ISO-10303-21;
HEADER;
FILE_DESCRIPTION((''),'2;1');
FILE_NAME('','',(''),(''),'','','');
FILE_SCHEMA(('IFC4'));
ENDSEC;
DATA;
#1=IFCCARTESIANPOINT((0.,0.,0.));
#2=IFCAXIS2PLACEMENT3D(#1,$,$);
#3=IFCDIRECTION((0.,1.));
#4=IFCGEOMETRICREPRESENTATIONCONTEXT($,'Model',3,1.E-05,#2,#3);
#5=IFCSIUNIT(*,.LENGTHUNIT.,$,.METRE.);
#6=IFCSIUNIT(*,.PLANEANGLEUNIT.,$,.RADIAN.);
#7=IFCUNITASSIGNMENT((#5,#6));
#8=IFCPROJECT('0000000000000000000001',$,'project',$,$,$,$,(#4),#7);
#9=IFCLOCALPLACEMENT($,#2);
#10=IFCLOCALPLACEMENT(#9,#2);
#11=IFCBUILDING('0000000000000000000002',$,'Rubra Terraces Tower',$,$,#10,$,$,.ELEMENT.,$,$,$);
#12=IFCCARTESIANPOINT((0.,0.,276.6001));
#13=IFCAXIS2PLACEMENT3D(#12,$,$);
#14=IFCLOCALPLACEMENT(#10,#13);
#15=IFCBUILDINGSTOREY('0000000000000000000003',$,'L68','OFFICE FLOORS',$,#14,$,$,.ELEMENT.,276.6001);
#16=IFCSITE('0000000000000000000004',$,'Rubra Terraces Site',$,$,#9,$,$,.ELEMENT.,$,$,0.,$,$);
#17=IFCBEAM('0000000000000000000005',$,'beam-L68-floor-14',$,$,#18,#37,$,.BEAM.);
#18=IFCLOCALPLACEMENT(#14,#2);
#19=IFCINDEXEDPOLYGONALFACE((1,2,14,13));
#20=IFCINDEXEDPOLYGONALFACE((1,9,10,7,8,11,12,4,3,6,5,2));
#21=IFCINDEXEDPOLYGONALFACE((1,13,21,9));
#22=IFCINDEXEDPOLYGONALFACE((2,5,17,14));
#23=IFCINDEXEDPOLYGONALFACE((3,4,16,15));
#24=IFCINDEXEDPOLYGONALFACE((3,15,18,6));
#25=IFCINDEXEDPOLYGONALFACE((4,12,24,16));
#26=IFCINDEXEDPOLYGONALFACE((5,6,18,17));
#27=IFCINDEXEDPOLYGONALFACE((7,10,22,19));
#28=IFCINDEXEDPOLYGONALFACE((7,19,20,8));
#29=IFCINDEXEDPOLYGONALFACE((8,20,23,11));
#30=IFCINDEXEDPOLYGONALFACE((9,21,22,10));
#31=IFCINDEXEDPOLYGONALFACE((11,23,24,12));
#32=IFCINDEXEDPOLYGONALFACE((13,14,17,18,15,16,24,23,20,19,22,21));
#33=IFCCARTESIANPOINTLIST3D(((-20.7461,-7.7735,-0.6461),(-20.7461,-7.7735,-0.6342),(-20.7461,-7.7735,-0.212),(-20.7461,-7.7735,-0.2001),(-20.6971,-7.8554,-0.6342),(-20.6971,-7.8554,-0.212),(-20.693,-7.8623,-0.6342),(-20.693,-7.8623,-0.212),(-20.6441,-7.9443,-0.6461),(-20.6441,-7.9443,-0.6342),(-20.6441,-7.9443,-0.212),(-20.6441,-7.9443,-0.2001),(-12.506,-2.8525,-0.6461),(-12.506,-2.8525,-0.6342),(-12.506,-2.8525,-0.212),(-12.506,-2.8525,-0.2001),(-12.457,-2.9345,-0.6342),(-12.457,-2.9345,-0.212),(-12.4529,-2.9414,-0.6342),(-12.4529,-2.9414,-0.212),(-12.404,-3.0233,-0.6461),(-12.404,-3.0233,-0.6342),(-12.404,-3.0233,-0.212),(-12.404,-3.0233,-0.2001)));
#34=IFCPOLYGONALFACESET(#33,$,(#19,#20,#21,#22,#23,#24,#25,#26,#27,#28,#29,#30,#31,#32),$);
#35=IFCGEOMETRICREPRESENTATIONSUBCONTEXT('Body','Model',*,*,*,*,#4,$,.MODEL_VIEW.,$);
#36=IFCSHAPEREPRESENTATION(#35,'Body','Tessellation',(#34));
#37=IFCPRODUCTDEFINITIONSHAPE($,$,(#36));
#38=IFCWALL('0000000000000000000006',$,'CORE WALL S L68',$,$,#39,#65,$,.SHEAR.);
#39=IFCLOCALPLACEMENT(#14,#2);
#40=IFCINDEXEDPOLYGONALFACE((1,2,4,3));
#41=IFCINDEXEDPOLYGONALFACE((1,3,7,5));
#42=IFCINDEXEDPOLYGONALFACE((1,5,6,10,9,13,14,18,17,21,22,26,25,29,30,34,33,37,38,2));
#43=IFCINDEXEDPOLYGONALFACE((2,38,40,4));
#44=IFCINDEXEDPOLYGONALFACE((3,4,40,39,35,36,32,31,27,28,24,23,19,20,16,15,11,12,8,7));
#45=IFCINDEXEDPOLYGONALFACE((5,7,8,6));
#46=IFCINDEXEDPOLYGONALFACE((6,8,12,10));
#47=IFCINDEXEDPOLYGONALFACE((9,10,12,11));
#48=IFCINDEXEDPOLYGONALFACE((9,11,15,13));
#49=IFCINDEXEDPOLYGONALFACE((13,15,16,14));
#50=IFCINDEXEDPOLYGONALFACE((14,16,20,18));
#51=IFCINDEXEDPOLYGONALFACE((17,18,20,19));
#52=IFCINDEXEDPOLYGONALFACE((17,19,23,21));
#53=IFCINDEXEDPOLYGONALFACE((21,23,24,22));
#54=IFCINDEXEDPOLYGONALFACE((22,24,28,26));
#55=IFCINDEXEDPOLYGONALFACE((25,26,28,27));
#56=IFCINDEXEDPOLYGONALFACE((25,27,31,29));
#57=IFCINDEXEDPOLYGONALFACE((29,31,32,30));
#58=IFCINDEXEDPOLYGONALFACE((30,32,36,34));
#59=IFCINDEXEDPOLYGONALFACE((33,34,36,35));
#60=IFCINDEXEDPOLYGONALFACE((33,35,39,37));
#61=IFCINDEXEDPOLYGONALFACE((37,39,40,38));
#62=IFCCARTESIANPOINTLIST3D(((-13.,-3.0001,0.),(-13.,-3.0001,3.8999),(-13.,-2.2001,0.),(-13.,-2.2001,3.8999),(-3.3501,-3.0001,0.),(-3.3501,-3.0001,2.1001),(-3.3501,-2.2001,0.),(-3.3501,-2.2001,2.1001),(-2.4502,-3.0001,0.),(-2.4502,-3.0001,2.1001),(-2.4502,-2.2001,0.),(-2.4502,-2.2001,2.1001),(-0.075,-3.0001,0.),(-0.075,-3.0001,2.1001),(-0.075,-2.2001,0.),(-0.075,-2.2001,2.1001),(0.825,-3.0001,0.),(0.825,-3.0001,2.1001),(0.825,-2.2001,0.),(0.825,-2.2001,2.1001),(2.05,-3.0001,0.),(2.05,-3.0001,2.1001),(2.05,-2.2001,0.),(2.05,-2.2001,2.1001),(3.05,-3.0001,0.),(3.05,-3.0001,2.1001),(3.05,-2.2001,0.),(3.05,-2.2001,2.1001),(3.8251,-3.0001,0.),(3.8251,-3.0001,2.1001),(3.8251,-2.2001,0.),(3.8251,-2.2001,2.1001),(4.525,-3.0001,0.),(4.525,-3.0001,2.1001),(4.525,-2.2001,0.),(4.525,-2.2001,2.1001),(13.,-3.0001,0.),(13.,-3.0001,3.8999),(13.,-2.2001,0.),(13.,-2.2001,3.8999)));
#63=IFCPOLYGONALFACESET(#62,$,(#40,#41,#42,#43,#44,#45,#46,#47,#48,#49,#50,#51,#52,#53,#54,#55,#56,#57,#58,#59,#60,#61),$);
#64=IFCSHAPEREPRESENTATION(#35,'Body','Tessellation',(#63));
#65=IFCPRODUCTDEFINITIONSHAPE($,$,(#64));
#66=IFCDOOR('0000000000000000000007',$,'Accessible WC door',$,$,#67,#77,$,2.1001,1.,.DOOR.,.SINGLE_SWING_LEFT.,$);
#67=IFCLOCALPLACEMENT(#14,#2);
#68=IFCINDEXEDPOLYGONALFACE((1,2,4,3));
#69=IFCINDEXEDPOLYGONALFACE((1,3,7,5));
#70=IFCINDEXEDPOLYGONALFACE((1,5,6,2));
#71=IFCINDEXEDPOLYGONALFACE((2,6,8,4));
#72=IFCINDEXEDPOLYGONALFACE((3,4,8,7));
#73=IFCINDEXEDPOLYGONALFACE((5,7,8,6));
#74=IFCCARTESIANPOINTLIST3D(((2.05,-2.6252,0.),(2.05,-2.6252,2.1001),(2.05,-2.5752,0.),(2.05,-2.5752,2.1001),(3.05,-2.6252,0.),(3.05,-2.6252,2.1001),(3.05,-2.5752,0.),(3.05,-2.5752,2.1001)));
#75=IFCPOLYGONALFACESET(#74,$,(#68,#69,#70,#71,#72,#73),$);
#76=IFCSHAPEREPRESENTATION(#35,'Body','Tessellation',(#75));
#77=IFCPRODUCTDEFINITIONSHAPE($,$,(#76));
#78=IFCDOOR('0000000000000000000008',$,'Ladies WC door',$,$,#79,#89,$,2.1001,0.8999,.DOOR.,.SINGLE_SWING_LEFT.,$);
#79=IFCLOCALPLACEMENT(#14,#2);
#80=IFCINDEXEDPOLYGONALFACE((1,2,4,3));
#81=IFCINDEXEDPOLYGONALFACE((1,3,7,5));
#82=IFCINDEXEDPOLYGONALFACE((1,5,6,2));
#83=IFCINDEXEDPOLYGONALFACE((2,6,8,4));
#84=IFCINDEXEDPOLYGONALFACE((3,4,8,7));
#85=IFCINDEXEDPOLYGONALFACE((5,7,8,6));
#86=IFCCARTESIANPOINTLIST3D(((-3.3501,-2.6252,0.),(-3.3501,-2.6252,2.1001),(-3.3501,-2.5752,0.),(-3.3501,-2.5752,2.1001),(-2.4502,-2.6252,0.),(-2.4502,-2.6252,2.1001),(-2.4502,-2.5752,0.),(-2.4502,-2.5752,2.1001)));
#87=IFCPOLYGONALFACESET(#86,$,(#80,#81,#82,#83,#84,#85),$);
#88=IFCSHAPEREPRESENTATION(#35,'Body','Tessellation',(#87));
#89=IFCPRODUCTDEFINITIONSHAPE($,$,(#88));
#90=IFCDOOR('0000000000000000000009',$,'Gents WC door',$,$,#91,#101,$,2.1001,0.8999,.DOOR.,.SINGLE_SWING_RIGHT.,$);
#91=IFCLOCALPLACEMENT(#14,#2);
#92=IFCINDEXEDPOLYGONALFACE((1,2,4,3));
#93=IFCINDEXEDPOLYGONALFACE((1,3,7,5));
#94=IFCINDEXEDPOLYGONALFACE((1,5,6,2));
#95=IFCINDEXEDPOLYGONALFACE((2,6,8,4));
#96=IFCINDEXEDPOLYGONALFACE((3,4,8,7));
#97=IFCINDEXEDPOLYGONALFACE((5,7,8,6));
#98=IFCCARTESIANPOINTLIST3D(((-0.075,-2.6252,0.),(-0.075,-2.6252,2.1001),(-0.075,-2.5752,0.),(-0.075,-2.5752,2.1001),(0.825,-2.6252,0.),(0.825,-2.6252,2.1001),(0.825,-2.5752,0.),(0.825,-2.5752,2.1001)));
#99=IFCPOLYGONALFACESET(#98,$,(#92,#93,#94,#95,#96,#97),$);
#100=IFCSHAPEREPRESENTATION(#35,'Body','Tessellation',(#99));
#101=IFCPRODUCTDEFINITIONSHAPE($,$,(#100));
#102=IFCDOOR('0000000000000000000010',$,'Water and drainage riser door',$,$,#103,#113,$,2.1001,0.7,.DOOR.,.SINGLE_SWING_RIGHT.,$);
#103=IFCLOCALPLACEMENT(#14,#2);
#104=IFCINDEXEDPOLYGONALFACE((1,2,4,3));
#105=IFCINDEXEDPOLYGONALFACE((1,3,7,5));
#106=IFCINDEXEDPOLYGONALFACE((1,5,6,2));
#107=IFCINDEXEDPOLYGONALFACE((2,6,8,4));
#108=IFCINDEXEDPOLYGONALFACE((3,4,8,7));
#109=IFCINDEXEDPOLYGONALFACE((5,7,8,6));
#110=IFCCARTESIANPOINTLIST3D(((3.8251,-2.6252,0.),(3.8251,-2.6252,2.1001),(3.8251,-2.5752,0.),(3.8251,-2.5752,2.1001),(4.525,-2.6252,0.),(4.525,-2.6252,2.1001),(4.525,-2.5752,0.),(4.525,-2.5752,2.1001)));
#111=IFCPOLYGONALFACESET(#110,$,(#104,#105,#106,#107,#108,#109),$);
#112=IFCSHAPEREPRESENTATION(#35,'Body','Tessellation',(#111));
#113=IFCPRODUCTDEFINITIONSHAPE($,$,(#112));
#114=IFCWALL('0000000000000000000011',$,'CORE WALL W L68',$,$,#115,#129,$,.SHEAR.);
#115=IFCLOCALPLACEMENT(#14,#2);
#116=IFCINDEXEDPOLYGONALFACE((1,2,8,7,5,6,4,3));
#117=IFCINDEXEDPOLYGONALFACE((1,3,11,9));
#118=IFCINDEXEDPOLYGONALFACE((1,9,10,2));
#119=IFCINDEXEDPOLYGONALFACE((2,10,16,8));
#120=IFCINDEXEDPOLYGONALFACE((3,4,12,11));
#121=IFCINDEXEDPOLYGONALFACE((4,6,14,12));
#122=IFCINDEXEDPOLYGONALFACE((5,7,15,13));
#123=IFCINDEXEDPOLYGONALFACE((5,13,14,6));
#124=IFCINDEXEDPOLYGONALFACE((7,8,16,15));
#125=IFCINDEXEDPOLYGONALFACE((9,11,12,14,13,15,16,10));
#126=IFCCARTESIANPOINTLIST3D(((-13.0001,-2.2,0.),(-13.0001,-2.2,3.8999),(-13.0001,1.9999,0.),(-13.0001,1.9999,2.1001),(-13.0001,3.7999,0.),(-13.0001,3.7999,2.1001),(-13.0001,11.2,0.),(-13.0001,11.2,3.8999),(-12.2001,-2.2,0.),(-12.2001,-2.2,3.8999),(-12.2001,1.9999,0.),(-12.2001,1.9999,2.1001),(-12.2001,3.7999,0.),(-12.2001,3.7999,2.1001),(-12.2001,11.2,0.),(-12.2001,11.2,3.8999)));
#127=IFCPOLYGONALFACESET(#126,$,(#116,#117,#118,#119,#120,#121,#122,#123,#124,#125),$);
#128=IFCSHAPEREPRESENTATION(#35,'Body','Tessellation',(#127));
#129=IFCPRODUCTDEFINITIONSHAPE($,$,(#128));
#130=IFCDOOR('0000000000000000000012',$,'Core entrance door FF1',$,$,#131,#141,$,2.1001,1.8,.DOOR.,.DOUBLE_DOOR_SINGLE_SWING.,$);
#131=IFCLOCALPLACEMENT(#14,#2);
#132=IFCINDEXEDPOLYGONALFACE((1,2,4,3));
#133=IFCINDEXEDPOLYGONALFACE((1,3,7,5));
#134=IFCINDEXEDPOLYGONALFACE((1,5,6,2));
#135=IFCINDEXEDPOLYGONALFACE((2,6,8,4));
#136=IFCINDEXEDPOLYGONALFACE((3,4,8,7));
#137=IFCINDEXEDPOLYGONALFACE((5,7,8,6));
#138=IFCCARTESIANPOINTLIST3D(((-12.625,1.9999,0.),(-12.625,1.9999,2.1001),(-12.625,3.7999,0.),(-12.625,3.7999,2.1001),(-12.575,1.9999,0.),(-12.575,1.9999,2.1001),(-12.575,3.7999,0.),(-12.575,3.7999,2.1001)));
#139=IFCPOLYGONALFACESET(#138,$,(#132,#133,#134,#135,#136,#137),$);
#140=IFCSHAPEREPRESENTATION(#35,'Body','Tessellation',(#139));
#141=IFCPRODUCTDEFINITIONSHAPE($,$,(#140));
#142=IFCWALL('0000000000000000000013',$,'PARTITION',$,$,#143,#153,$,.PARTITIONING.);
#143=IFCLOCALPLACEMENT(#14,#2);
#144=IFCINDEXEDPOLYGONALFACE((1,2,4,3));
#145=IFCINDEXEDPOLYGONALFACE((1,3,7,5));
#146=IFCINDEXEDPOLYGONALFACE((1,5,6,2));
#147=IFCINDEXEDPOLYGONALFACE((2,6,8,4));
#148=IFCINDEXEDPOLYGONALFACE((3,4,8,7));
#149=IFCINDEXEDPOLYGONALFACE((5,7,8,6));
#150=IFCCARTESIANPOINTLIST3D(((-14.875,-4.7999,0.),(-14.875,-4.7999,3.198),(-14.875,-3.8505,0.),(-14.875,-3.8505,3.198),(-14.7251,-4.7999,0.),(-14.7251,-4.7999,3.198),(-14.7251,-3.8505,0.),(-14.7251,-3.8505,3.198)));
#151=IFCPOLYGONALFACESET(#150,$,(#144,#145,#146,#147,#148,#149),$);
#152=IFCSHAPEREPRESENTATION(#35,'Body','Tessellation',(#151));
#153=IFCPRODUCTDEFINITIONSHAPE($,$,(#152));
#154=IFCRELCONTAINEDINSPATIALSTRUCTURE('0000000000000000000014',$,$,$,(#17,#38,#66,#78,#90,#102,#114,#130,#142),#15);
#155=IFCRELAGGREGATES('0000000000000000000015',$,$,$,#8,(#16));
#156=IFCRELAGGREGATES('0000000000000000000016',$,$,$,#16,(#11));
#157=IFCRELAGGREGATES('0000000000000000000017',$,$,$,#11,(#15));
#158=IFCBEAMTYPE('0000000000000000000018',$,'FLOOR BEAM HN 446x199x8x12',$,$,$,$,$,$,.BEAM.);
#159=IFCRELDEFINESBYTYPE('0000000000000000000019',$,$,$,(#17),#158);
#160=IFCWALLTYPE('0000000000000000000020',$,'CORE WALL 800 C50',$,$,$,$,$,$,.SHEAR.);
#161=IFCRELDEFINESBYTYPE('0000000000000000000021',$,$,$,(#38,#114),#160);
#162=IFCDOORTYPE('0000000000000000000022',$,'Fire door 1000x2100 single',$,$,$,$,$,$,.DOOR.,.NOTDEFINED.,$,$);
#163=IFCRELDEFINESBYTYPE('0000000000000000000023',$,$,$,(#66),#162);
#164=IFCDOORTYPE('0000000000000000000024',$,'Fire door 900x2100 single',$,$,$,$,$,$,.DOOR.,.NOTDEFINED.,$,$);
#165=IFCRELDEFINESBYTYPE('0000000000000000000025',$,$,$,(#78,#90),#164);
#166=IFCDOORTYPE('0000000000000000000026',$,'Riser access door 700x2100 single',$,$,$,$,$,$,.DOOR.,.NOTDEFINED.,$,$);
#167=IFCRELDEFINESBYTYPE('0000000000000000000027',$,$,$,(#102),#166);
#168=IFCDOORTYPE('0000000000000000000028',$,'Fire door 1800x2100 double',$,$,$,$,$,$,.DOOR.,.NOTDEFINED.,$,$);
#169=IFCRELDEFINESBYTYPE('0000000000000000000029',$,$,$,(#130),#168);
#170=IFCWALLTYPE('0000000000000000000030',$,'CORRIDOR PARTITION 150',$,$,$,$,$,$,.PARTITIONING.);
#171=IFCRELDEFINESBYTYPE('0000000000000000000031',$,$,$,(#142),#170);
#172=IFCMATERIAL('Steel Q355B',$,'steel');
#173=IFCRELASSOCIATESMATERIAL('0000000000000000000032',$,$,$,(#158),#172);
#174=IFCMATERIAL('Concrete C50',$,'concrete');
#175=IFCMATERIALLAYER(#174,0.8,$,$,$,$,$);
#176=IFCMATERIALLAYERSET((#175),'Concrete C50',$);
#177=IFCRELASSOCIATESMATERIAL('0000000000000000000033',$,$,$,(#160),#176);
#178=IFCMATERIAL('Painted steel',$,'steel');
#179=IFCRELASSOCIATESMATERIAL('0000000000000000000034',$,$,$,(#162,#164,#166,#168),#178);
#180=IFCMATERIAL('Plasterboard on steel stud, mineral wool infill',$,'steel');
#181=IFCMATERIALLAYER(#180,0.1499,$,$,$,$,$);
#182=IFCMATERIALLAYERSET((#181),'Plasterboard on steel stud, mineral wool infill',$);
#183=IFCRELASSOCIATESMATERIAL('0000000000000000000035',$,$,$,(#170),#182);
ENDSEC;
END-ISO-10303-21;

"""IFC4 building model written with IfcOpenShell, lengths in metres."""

from ifc_helpers import new_model, si_unit, direction, frame, frame_2d, origin, origin_2d, place, context, subcontext, project, spatial, rectangle, i_section, extrude, material, layer, layer_set, material_profile, profile_set, type_object, element, fill, save


model = new_model("IFC4")

# Units and contexts
model_context = context("Model", 3, precision=1e-05, world=origin(), true_north=direction((0.0, 1.0)))
body_context = subcontext(model_context, "Body", "Model", "MODEL_VIEW")
ifc_project = project(units=[si_unit("LENGTHUNIT", "METRE"), si_unit("PLANEANGLEUNIT", "RADIAN")], contexts=[model_context])

# Site, building, storey
site_placement = place(None, origin())
site = spatial("IfcSite", under=ifc_project, at=site_placement, Name="Rubra Terraces Site", CompositionType="ELEMENT", RefElevation=0.0)
building_placement = place(site_placement, origin())
building = spatial("IfcBuilding", under=site, at=building_placement, Name="Rubra Terraces Tower", CompositionType="ELEMENT")
storey_placement = place(building_placement, frame((0.0, 0.0, 276.6001)))
storey = spatial("IfcBuildingStorey", under=building, at=storey_placement, Name="L68", Description="OFFICE FLOORS", CompositionType="ELEMENT", Elevation=276.6001)

# Beam
ifc_material_1 = material(Name="Steel Q355B", Category="steel")
ifc_material_profile = material_profile(ifc_material_1, i_section(OverallWidth=0.199, OverallDepth=0.446, WebThickness=0.0081, FlangeThickness=0.012, at=origin_2d()), Name="HN 446x199x8x12")
ifc_profile_set = profile_set([ifc_material_profile], Name="Steel Q355B")
beam_type = type_object("IfcBeamType", Name="FLOOR BEAM HN 446x199x8x12", PredefinedType="BEAM", material=ifc_profile_set)
beam_placement = place(storey_placement, frame((-20.6951, -7.8589, -0.4231), z_axis=(0.858553, 0.512725, 0.0), x_axis=(-0.512725, 0.858553, 0.0)))
element("IfcBeam", 1, at=beam_placement, inside=storey, type_object=beam_type, Name="beam-L68-floor-14", PredefinedType="BEAM", context=body_context, shape_type="SweptSolid", body=[
    extrude(i_section(OverallWidth=0.199, OverallDepth=0.446, WebThickness=0.0081, FlangeThickness=0.012, at=origin_2d()), origin(), (0.0, 0.0, 1.0), 9.5977),
])

# Wall, openings, doors
ifc_material_2 = material(Name="Concrete C50", Category="concrete")
ifc_layer_1 = layer(ifc_material_2, 0.8)
ifc_layer_set_1 = layer_set([ifc_layer_1], Name="Concrete C50")
wall_type_1 = type_object("IfcWallType", Name="CORE WALL 800 C50", PredefinedType="SHEAR", material=ifc_layer_set_1)
wall_1_placement = place(storey_placement, frame((-13.0, -2.6001, 0.0), z_axis=(0.0, 0.0, 1.0), x_axis=(1.0, 0.0, 0.0)))
wall_1 = element("IfcWall", 2, at=wall_1_placement, inside=storey, type_object=wall_type_1, Name="CORE WALL S L68", PredefinedType="SHEAR", context=body_context, shape_type="SweptSolid", body=[
    extrude(rectangle(XDim=26.0, YDim=0.8, at=frame_2d((13.0, 0.0))), origin(), (0.0, 0.0, 1.0), 3.8999),
])
opening_1_placement = place(wall_1_placement, frame((9.6499, 0.0, 0.0)))
opening_1 = element("IfcOpeningElement", 3, at=opening_1_placement, cuts=wall_1, PredefinedType="OPENING", context=body_context, shape_type="SweptSolid", body=[
    extrude(rectangle(XDim=0.8999, YDim=2.1001, at=frame_2d((0.45, 1.05))), frame((0.0, 0.4099, 0.0), z_axis=(0.0, -1.0, 0.0), x_axis=(1.0, 0.0, 0.0)), (0.0, 0.0, 1.0), 0.8201),
])
opening_2_placement = place(wall_1_placement, frame((12.925, 0.0, 0.0)))
opening_2 = element("IfcOpeningElement", 4, at=opening_2_placement, cuts=wall_1, PredefinedType="OPENING", context=body_context, shape_type="SweptSolid", body=[
    extrude(rectangle(XDim=0.8999, YDim=2.1001, at=frame_2d((0.45, 1.05))), frame((0.0, 0.4099, 0.0), z_axis=(0.0, -1.0, 0.0), x_axis=(1.0, 0.0, 0.0)), (0.0, 0.0, 1.0), 0.8201),
])
opening_3_placement = place(wall_1_placement, frame((15.05, 0.0, 0.0)))
opening_3 = element("IfcOpeningElement", 5, at=opening_3_placement, cuts=wall_1, PredefinedType="OPENING", context=body_context, shape_type="SweptSolid", body=[
    extrude(rectangle(XDim=1.0, YDim=2.1001, at=frame_2d((0.5, 1.05))), frame((0.0, 0.4099, 0.0), z_axis=(0.0, -1.0, 0.0), x_axis=(1.0, 0.0, 0.0)), (0.0, 0.0, 1.0), 0.8201),
])
opening_4_placement = place(wall_1_placement, frame((16.825, 0.0, 0.0)))
opening_4 = element("IfcOpeningElement", 6, at=opening_4_placement, cuts=wall_1, PredefinedType="OPENING", context=body_context, shape_type="SweptSolid", body=[
    extrude(rectangle(XDim=0.7, YDim=2.1001, at=frame_2d((0.3501, 1.05))), frame((0.0, 0.4099, 0.0), z_axis=(0.0, -1.0, 0.0), x_axis=(1.0, 0.0, 0.0)), (0.0, 0.0, 1.0), 0.8201),
])
ifc_material_3 = material(Name="Painted steel", Category="steel")
door_type_1 = type_object("IfcDoorType", Name="Fire door 1000x2100 single", OperationType="NOTDEFINED", PredefinedType="DOOR", material=ifc_material_3)
door_1_placement = place(opening_3_placement, origin())
door_1 = element("IfcDoor", 7, at=door_1_placement, inside=storey, type_object=door_type_1, Name="Accessible WC door", OperationType="SINGLE_SWING_LEFT", OverallHeight=2.1001, OverallWidth=1.0, PredefinedType="DOOR", context=body_context, shape_type="SweptSolid", body=[
    extrude(rectangle(XDim=1.0, YDim=2.1001, at=frame_2d((0.5, 1.05))), frame((0.0, 0.0249, 0.0), z_axis=(0.0, -1.0, 0.0), x_axis=(1.0, 0.0, 0.0)), (0.0, 0.0, 1.0), 0.05),
])
fill(opening_3, door_1)
door_type_2 = type_object("IfcDoorType", Name="Fire door 900x2100 single", OperationType="NOTDEFINED", PredefinedType="DOOR", material=ifc_material_3)
door_2_placement = place(opening_1_placement, origin())
door_2 = element("IfcDoor", 8, at=door_2_placement, inside=storey, type_object=door_type_2, Name="Ladies WC door", OperationType="SINGLE_SWING_LEFT", OverallHeight=2.1001, OverallWidth=0.8999, PredefinedType="DOOR", context=body_context, shape_type="SweptSolid", body=[
    extrude(rectangle(XDim=0.8999, YDim=2.1001, at=frame_2d((0.45, 1.05))), frame((0.0, 0.0249, 0.0), z_axis=(0.0, -1.0, 0.0), x_axis=(1.0, 0.0, 0.0)), (0.0, 0.0, 1.0), 0.05),
])
fill(opening_1, door_2)
door_3_placement = place(opening_2_placement, origin())
door_3 = element("IfcDoor", 9, at=door_3_placement, inside=storey, type_object=door_type_2, Name="Gents WC door", OperationType="SINGLE_SWING_RIGHT", OverallHeight=2.1001, OverallWidth=0.8999, PredefinedType="DOOR", context=body_context, shape_type="SweptSolid", body=[
    extrude(rectangle(XDim=0.8999, YDim=2.1001, at=frame_2d((0.45, 1.05))), frame((0.0, 0.0249, 0.0), z_axis=(0.0, -1.0, 0.0), x_axis=(1.0, 0.0, 0.0)), (0.0, 0.0, 1.0), 0.05),
])
fill(opening_2, door_3)
door_type_3 = type_object("IfcDoorType", Name="Riser access door 700x2100 single", OperationType="NOTDEFINED", PredefinedType="DOOR", material=ifc_material_3)
door_4_placement = place(opening_4_placement, origin())
door_4 = element("IfcDoor", 10, at=door_4_placement, inside=storey, type_object=door_type_3, Name="Water and drainage riser door", OperationType="SINGLE_SWING_RIGHT", OverallHeight=2.1001, OverallWidth=0.7, PredefinedType="DOOR", context=body_context, shape_type="SweptSolid", body=[
    extrude(rectangle(XDim=0.7, YDim=2.1001, at=frame_2d((0.3501, 1.05))), frame((0.0, 0.0249, 0.0), z_axis=(0.0, -1.0, 0.0), x_axis=(1.0, 0.0, 0.0)), (0.0, 0.0, 1.0), 0.05),
])
fill(opening_4, door_4)

# Wall, opening, door
wall_2_placement = place(storey_placement, frame((-12.6001, -2.2, 0.0), z_axis=(0.0, 0.0, 1.0), x_axis=(0.0, 1.0, 0.0)))
wall_2 = element("IfcWall", 11, at=wall_2_placement, inside=storey, type_object=wall_type_1, Name="CORE WALL W L68", PredefinedType="SHEAR", context=body_context, shape_type="SweptSolid", body=[
    extrude(rectangle(XDim=13.3999, YDim=0.8, at=frame_2d((6.7, 0.0))), origin(), (0.0, 0.0, 1.0), 3.8999),
])
opening_5_placement = place(wall_2_placement, frame((4.2, 0.0, 0.0)))
opening_5 = element("IfcOpeningElement", 12, at=opening_5_placement, cuts=wall_2, PredefinedType="OPENING", context=body_context, shape_type="SweptSolid", body=[
    extrude(rectangle(XDim=1.8, YDim=2.1001, at=frame_2d((0.8999, 1.05))), frame((0.0, 0.4099, 0.0), z_axis=(0.0, -1.0, 0.0), x_axis=(1.0, 0.0, 0.0)), (0.0, 0.0, 1.0), 0.8201),
])
door_type_4 = type_object("IfcDoorType", Name="Fire door 1800x2100 double", OperationType="NOTDEFINED", PredefinedType="DOOR", material=ifc_material_3)
door_5_placement = place(opening_5_placement, origin())
door_5 = element("IfcDoor", 13, at=door_5_placement, inside=storey, type_object=door_type_4, Name="Core entrance door FF1", OperationType="DOUBLE_DOOR_SINGLE_SWING", OverallHeight=2.1001, OverallWidth=1.8, PredefinedType="DOOR", context=body_context, shape_type="SweptSolid", body=[
    extrude(rectangle(XDim=1.8, YDim=2.1001, at=frame_2d((0.8999, 1.05))), frame((0.0, 0.0249, 0.0), z_axis=(0.0, -1.0, 0.0), x_axis=(1.0, 0.0, 0.0)), (0.0, 0.0, 1.0), 0.05),
])
fill(opening_5, door_5)

# Wall
ifc_material_4 = material(Name="Plasterboard on steel stud, mineral wool infill", Category="steel")
ifc_layer_2 = layer(ifc_material_4, 0.1499)
ifc_layer_set_2 = layer_set([ifc_layer_2], Name="Plasterboard on steel stud, mineral wool infill")
wall_type_2 = type_object("IfcWallType", Name="CORRIDOR PARTITION 150", PredefinedType="PARTITIONING", material=ifc_layer_set_2)
wall_3_placement = place(storey_placement, frame((-14.8, -3.8506, 0.0), z_axis=(0.0, 0.0, 1.0), x_axis=(0.0, -1.0, 0.0)))
element("IfcWall", 14, at=wall_3_placement, inside=storey, type_object=wall_type_2, Name="PARTITION", PredefinedType="PARTITIONING", context=body_context, shape_type="SweptSolid", body=[
    extrude(rectangle(XDim=0.9495, YDim=0.1499, at=frame_2d((0.4746, 0.0))), origin(), (0.0, 0.0, 1.0), 3.198),
])

save(model, "model.ifc")
